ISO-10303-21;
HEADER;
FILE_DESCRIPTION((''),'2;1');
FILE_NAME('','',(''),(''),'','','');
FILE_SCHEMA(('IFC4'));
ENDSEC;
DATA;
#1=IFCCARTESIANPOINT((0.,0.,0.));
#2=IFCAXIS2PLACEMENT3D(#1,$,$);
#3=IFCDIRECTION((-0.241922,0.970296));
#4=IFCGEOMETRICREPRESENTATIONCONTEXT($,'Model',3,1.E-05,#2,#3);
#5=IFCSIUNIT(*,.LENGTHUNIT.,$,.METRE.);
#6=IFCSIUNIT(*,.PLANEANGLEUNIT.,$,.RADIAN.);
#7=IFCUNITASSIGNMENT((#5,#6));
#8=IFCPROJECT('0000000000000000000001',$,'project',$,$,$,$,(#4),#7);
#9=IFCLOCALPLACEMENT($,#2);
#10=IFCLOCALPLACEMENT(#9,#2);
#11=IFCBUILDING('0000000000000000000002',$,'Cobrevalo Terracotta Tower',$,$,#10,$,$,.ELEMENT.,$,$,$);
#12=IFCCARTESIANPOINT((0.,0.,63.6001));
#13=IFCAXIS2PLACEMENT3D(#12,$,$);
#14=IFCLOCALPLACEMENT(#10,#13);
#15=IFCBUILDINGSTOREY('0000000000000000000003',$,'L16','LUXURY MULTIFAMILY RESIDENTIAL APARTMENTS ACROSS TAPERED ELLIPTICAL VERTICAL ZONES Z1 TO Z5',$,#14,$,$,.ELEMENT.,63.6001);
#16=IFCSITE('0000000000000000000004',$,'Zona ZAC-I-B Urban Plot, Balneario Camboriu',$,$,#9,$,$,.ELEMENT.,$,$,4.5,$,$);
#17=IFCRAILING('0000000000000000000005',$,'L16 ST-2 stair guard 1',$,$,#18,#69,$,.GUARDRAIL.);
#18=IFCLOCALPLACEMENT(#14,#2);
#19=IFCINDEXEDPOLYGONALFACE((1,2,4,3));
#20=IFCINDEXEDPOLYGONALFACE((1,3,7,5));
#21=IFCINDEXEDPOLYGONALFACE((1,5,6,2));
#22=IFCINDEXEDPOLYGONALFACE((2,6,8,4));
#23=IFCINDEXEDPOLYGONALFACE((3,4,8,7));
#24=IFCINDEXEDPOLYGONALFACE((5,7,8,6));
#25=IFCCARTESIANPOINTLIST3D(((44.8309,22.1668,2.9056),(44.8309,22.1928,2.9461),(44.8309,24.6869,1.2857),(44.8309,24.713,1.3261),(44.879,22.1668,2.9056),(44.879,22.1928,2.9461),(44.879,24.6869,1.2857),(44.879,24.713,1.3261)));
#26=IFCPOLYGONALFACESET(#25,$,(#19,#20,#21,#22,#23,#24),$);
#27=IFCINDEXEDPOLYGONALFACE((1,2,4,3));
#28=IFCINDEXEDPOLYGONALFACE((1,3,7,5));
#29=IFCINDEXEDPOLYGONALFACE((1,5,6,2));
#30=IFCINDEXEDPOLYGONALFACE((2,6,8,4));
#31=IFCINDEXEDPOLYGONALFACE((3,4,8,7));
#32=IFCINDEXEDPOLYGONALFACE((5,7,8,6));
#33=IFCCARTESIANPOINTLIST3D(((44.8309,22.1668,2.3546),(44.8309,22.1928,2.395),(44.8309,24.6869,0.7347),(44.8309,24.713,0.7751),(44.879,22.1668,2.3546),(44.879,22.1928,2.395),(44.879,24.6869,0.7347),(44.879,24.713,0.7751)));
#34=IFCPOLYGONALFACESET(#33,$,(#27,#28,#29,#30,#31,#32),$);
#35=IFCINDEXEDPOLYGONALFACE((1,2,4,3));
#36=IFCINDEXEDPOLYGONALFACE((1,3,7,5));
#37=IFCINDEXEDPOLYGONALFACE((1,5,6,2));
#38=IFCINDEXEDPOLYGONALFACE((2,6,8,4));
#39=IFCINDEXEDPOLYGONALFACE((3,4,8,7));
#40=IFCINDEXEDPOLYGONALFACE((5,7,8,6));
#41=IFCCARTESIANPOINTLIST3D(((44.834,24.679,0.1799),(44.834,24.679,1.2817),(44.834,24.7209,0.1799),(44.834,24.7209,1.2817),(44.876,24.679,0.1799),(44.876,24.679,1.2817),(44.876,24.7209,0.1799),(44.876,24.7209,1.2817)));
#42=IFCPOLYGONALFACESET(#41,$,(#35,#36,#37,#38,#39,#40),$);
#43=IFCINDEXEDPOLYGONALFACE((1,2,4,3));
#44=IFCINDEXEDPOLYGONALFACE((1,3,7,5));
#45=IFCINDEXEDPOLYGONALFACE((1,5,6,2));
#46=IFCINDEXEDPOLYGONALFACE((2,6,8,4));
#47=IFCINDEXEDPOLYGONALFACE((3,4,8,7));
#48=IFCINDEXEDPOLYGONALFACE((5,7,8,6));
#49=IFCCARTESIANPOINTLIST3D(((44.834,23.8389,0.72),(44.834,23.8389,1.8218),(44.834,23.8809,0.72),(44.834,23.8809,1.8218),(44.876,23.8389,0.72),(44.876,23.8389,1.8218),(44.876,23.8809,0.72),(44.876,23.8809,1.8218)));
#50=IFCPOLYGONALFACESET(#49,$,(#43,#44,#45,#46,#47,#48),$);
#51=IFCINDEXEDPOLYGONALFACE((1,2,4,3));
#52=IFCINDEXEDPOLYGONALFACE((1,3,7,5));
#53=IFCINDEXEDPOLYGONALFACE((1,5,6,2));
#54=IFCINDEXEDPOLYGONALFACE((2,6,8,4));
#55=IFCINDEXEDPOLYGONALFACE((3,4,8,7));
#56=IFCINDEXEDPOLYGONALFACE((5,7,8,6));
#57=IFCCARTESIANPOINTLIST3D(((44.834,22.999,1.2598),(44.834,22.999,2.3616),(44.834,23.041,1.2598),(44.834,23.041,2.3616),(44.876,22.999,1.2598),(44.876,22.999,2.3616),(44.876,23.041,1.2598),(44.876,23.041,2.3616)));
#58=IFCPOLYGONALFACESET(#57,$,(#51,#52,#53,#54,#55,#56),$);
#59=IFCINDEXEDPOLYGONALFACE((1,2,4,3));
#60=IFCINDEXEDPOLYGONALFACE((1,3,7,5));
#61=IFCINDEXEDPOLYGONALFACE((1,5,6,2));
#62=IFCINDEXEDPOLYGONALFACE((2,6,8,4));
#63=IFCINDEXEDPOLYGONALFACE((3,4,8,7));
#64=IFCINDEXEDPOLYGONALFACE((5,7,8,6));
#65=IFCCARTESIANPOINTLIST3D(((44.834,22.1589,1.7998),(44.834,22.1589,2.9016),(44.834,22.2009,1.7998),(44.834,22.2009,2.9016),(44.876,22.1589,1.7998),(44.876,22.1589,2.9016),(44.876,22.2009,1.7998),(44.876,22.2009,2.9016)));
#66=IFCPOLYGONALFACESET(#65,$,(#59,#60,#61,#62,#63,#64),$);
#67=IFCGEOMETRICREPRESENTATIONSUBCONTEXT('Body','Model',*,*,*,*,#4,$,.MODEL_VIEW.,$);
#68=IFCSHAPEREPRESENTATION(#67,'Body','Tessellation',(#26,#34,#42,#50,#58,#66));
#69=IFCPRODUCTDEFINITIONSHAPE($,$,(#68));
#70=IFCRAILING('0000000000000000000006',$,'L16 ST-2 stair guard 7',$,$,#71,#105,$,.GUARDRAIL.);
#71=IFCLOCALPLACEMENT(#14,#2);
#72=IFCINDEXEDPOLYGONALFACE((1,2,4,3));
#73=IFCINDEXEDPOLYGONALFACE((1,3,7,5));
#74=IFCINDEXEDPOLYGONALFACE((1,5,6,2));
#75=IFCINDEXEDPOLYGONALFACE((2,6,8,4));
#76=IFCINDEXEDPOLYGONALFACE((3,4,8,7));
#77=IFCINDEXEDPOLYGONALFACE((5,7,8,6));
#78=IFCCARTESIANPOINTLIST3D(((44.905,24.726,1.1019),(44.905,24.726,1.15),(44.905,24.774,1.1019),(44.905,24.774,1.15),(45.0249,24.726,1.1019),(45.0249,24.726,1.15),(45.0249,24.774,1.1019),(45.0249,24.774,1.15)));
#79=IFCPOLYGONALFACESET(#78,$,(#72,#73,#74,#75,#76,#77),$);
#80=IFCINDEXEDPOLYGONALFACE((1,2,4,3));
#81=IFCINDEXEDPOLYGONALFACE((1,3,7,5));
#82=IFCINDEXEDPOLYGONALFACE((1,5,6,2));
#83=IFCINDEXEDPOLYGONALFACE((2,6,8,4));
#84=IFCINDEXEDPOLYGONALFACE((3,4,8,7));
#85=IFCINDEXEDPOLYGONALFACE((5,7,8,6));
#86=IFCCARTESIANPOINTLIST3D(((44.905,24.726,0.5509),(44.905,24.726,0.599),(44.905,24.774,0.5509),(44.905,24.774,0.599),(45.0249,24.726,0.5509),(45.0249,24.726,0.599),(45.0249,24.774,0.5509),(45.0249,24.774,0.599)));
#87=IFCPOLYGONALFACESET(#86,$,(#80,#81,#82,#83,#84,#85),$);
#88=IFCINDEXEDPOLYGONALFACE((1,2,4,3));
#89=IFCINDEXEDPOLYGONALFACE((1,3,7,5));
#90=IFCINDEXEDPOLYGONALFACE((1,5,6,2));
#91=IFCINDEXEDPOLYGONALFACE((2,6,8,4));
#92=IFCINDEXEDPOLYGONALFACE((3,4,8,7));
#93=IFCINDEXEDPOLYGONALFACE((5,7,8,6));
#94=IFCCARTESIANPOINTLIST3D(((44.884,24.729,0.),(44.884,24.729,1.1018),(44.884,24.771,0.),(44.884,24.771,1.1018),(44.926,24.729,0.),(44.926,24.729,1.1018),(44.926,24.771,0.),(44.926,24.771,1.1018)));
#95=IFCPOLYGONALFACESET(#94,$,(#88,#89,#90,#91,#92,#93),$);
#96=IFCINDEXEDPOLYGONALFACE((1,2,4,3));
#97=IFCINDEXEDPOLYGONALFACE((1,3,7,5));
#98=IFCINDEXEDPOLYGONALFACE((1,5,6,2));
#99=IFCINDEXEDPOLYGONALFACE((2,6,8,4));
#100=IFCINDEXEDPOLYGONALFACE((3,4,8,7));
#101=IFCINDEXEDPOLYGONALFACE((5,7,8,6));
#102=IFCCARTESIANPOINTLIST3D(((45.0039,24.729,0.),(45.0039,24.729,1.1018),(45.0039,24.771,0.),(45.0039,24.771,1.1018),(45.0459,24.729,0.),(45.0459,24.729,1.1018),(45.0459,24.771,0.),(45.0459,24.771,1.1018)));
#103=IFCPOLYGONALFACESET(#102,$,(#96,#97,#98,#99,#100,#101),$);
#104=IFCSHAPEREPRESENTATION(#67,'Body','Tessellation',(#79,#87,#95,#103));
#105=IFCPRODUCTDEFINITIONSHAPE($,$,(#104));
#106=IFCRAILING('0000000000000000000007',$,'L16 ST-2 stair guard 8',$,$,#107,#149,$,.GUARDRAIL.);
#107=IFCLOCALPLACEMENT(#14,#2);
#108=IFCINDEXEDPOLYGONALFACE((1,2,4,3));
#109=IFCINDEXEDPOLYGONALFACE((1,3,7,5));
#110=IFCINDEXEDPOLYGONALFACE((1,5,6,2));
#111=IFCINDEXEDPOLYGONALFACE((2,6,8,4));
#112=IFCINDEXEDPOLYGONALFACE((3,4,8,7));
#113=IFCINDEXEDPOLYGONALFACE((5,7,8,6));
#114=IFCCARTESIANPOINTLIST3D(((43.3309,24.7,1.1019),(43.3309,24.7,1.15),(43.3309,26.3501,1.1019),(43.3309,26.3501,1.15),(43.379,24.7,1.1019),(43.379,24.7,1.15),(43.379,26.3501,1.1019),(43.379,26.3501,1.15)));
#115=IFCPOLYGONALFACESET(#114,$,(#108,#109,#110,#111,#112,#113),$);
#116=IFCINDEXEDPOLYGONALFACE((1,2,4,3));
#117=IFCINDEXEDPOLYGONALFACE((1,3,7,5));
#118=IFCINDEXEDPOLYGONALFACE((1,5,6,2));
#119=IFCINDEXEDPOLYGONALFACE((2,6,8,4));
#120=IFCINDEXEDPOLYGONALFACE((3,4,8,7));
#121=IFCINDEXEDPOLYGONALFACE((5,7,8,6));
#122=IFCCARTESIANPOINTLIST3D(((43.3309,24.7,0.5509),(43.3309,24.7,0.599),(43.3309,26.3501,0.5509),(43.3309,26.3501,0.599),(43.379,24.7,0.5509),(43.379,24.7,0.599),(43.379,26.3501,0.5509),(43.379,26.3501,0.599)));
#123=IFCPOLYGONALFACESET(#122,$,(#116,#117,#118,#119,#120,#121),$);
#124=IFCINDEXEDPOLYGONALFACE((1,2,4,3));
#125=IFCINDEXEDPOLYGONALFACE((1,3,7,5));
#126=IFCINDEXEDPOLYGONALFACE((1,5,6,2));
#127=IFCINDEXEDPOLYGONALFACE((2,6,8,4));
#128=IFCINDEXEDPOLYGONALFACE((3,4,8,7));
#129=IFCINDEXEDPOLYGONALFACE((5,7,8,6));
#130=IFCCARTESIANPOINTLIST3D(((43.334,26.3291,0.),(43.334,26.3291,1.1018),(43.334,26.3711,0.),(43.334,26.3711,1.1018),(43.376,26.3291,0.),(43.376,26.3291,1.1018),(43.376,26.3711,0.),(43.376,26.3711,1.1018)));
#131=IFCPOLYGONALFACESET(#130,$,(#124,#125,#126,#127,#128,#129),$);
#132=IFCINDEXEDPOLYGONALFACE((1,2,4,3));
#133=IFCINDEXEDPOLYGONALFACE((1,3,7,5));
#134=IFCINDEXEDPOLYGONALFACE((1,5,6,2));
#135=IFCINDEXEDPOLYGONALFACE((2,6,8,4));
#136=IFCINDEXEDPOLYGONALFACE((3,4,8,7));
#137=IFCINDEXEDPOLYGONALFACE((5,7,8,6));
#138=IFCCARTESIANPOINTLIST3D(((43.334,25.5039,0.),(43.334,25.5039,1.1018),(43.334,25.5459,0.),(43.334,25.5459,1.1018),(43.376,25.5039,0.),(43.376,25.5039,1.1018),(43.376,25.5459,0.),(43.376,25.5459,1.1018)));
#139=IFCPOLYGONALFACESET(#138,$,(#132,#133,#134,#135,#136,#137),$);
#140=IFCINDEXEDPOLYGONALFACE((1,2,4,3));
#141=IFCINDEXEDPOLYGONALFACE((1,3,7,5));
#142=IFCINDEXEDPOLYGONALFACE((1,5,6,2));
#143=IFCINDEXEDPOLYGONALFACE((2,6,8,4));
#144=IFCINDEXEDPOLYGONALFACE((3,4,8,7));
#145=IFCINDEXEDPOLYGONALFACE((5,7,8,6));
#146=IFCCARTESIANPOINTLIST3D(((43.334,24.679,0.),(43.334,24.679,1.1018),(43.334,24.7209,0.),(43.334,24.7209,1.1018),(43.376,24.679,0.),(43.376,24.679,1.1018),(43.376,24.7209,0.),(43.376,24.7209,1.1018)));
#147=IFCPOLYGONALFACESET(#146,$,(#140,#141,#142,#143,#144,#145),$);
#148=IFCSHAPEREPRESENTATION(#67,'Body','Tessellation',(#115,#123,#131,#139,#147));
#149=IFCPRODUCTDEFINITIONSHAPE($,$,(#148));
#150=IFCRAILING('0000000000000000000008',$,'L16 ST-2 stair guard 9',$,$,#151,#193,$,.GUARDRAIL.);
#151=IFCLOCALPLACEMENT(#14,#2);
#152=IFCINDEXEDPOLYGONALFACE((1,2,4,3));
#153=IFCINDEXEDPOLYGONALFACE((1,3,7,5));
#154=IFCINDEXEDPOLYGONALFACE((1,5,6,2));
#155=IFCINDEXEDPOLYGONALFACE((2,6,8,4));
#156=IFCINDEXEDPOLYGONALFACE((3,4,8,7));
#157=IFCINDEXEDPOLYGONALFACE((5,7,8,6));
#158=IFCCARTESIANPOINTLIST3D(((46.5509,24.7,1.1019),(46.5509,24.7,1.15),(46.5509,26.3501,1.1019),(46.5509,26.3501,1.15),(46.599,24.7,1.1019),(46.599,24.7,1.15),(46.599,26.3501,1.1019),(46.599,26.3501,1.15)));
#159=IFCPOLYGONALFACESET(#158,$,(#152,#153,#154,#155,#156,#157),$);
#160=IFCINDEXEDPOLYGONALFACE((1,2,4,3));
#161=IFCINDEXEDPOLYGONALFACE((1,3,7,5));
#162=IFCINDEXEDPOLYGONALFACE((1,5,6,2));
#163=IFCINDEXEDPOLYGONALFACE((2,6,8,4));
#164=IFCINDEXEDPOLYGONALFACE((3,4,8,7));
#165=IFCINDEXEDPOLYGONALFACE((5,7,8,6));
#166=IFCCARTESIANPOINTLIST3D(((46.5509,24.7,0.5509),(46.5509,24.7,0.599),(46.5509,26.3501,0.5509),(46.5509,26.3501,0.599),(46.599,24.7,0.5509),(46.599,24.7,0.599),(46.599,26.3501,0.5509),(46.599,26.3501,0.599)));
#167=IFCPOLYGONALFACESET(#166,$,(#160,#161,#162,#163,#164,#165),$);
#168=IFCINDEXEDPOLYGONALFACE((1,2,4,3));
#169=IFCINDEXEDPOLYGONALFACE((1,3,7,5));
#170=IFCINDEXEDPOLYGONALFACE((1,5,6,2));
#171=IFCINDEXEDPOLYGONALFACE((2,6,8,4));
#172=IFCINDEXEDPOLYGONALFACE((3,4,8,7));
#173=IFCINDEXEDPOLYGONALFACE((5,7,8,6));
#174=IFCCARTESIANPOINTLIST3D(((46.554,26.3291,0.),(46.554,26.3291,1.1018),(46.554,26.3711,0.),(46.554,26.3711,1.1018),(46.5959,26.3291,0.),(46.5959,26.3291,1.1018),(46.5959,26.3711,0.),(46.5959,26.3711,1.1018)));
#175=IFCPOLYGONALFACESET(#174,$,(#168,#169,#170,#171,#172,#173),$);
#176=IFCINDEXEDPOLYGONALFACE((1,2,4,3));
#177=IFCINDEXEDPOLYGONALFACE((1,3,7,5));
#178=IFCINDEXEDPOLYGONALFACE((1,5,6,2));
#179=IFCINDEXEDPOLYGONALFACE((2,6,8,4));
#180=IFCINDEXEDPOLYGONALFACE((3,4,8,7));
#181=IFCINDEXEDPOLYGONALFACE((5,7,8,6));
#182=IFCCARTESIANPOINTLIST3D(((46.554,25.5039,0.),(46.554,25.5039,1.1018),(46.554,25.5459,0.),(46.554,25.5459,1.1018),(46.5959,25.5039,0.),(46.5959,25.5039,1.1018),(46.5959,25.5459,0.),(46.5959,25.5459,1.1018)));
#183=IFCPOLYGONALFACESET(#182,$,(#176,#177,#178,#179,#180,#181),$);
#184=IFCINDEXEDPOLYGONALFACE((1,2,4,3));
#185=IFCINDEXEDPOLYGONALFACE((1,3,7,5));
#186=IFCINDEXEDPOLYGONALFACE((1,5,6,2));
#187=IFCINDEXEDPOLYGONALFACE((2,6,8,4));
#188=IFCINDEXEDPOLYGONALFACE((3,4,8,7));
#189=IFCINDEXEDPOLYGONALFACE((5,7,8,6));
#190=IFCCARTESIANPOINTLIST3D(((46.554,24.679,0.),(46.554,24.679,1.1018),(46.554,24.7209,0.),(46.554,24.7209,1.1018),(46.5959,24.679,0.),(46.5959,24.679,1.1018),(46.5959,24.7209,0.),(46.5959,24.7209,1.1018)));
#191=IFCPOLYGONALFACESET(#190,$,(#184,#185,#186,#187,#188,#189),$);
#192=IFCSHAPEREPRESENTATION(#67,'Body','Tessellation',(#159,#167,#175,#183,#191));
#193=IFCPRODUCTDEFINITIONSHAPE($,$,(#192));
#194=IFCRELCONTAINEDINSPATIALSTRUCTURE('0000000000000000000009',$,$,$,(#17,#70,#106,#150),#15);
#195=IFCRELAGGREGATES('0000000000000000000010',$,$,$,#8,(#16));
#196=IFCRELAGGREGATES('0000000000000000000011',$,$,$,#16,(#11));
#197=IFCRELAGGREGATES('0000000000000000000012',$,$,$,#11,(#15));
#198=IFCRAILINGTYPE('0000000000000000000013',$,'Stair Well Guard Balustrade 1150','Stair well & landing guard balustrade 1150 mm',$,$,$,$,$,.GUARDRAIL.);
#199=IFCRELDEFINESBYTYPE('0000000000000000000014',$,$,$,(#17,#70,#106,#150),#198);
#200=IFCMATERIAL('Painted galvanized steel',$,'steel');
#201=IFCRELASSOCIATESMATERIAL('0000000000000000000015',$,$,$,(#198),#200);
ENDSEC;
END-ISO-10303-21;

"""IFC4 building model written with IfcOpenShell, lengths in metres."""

from ifc_helpers import new_model, si_unit, direction, frame, origin, origin_2d, place, context, subcontext, project, spatial, rectangle, extrude, material, type_object, element, save


model = new_model("IFC4")

# Units and contexts
model_context = context("Model", 3, precision=1e-05, world=origin(), true_north=direction((-0.241922, 0.970296)))
body_context = subcontext(model_context, "Body", "Model", "MODEL_VIEW")
ifc_project = project(units=[si_unit("LENGTHUNIT", "METRE"), si_unit("PLANEANGLEUNIT", "RADIAN")], contexts=[model_context])

# Site, building, storey
site_placement = place(None, origin())
site = spatial("IfcSite", under=ifc_project, at=site_placement, Name="Zona ZAC-I-B Urban Plot, Balneario Camboriu", CompositionType="ELEMENT", RefElevation=4.5)
building_placement = place(site_placement, origin())
building = spatial("IfcBuilding", under=site, at=building_placement, Name="Cobrevalo Terracotta Tower", CompositionType="ELEMENT")
storey_placement = place(building_placement, frame((0.0, 0.0, 63.6001)))
storey = spatial("IfcBuildingStorey", under=building, at=storey_placement, Name="L16", Description="LUXURY MULTIFAMILY RESIDENTIAL APARTMENTS ACROSS TAPERED ELLIPTICAL VERTICAL ZONES Z1 TO Z5", CompositionType="ELEMENT", Elevation=63.6001)

# Railings
ifc_material_1 = material(Name="Painted galvanized steel", Category="steel")
railing_type = type_object("IfcRailingType", Name="Stair Well Guard Balustrade 1150", Description="Stair well & landing guard balustrade 1150 mm", PredefinedType="GUARDRAIL", material=ifc_material_1)
railing_1_placement = place(storey_placement, frame((44.855, 24.7, 0.1799)))
element("IfcRailing", 1, at=railing_1_placement, inside=storey, type_object=railing_type, Name="L16 ST-2 stair guard 1", PredefinedType="GUARDRAIL", context=body_context, shape_type="SweptSolid", body=[
    extrude(rectangle(XDim=0.0481, YDim=0.0481, at=origin_2d()), frame((0.0, 0.0, 1.126), z_axis=(0.0, -0.8412, 0.540725), x_axis=(1.0, 0.0, 0.0)), (0.0, 0.0, 1.0), 2.9958),
    extrude(rectangle(XDim=0.0481, YDim=0.0481, at=origin_2d()), frame((0.0, 0.0, 0.575), z_axis=(0.0, -0.8412, 0.540725), x_axis=(1.0, 0.0, 0.0)), (0.0, 0.0, 1.0), 2.9958),
    extrude(rectangle(XDim=0.042, YDim=0.042, at=origin_2d()), origin(), (0.0, 0.0, 1.0), 1.1018),
    extrude(rectangle(XDim=0.042, YDim=0.042, at=origin_2d()), frame((0.0, -0.8401, 0.54)), (0.0, 0.0, 1.0), 1.1018),
    extrude(rectangle(XDim=0.042, YDim=0.042, at=origin_2d()), frame((0.0, -1.6799, 1.0798)), (0.0, 0.0, 1.0), 1.1018),
    extrude(rectangle(XDim=0.042, YDim=0.042, at=origin_2d()), frame((0.0, -2.52, 1.6199)), (0.0, 0.0, 1.0), 1.1018),
])
railing_2_placement = place(storey_placement, frame((44.905, 24.75, 0.0)))
element("IfcRailing", 2, at=railing_2_placement, inside=storey, type_object=railing_type, Name="L16 ST-2 stair guard 7", PredefinedType="GUARDRAIL", context=body_context, shape_type="SweptSolid", body=[
    extrude(rectangle(XDim=0.0481, YDim=0.0481, at=origin_2d()), frame((0.0, 0.0, 1.126), z_axis=(1.0, 0.0, 0.0), x_axis=(0.0, 1.0, 0.0)), (0.0, 0.0, 1.0), 0.1199),
    extrude(rectangle(XDim=0.0481, YDim=0.0481, at=origin_2d()), frame((0.0, 0.0, 0.575), z_axis=(1.0, 0.0, 0.0), x_axis=(0.0, 1.0, 0.0)), (0.0, 0.0, 1.0), 0.1199),
    extrude(rectangle(XDim=0.042, YDim=0.042, at=origin_2d()), origin(), (0.0, 0.0, 1.0), 1.1018),
    extrude(rectangle(XDim=0.042, YDim=0.042, at=origin_2d()), frame((0.1199, 0.0, 0.0)), (0.0, 0.0, 1.0), 1.1018),
])
for number, where, name in (
    (3, (43.355, 26.3501, 0.0), "L16 ST-2 stair guard 8"),
    (4, (46.575, 26.3501, 0.0), "L16 ST-2 stair guard 9"),
):
    element("IfcRailing", number, at=place(storey_placement, frame(where)), inside=storey, type_object=railing_type, Name=name, PredefinedType="GUARDRAIL", context=body_context, shape_type="SweptSolid", body=[
        extrude(rectangle(XDim=0.0481, YDim=0.0481, at=origin_2d()), frame((0.0, 0.0, 1.126), z_axis=(0.0, -1.0, 0.0), x_axis=(1.0, 0.0, 0.0)), (0.0, 0.0, 1.0), 1.6501),
        extrude(rectangle(XDim=0.0481, YDim=0.0481, at=origin_2d()), frame((0.0, 0.0, 0.575), z_axis=(0.0, -1.0, 0.0), x_axis=(1.0, 0.0, 0.0)), (0.0, 0.0, 1.0), 1.6501),
        extrude(rectangle(XDim=0.042, YDim=0.042, at=origin_2d()), origin(), (0.0, 0.0, 1.0), 1.1018),
        extrude(rectangle(XDim=0.042, YDim=0.042, at=origin_2d()), frame((0.0, -0.8252, 0.0)), (0.0, 0.0, 1.0), 1.1018),
        extrude(rectangle(XDim=0.042, YDim=0.042, at=origin_2d()), frame((0.0, -1.6501, 0.0)), (0.0, 0.0, 1.0), 1.1018),
    ])

save(model, "model.ifc")
